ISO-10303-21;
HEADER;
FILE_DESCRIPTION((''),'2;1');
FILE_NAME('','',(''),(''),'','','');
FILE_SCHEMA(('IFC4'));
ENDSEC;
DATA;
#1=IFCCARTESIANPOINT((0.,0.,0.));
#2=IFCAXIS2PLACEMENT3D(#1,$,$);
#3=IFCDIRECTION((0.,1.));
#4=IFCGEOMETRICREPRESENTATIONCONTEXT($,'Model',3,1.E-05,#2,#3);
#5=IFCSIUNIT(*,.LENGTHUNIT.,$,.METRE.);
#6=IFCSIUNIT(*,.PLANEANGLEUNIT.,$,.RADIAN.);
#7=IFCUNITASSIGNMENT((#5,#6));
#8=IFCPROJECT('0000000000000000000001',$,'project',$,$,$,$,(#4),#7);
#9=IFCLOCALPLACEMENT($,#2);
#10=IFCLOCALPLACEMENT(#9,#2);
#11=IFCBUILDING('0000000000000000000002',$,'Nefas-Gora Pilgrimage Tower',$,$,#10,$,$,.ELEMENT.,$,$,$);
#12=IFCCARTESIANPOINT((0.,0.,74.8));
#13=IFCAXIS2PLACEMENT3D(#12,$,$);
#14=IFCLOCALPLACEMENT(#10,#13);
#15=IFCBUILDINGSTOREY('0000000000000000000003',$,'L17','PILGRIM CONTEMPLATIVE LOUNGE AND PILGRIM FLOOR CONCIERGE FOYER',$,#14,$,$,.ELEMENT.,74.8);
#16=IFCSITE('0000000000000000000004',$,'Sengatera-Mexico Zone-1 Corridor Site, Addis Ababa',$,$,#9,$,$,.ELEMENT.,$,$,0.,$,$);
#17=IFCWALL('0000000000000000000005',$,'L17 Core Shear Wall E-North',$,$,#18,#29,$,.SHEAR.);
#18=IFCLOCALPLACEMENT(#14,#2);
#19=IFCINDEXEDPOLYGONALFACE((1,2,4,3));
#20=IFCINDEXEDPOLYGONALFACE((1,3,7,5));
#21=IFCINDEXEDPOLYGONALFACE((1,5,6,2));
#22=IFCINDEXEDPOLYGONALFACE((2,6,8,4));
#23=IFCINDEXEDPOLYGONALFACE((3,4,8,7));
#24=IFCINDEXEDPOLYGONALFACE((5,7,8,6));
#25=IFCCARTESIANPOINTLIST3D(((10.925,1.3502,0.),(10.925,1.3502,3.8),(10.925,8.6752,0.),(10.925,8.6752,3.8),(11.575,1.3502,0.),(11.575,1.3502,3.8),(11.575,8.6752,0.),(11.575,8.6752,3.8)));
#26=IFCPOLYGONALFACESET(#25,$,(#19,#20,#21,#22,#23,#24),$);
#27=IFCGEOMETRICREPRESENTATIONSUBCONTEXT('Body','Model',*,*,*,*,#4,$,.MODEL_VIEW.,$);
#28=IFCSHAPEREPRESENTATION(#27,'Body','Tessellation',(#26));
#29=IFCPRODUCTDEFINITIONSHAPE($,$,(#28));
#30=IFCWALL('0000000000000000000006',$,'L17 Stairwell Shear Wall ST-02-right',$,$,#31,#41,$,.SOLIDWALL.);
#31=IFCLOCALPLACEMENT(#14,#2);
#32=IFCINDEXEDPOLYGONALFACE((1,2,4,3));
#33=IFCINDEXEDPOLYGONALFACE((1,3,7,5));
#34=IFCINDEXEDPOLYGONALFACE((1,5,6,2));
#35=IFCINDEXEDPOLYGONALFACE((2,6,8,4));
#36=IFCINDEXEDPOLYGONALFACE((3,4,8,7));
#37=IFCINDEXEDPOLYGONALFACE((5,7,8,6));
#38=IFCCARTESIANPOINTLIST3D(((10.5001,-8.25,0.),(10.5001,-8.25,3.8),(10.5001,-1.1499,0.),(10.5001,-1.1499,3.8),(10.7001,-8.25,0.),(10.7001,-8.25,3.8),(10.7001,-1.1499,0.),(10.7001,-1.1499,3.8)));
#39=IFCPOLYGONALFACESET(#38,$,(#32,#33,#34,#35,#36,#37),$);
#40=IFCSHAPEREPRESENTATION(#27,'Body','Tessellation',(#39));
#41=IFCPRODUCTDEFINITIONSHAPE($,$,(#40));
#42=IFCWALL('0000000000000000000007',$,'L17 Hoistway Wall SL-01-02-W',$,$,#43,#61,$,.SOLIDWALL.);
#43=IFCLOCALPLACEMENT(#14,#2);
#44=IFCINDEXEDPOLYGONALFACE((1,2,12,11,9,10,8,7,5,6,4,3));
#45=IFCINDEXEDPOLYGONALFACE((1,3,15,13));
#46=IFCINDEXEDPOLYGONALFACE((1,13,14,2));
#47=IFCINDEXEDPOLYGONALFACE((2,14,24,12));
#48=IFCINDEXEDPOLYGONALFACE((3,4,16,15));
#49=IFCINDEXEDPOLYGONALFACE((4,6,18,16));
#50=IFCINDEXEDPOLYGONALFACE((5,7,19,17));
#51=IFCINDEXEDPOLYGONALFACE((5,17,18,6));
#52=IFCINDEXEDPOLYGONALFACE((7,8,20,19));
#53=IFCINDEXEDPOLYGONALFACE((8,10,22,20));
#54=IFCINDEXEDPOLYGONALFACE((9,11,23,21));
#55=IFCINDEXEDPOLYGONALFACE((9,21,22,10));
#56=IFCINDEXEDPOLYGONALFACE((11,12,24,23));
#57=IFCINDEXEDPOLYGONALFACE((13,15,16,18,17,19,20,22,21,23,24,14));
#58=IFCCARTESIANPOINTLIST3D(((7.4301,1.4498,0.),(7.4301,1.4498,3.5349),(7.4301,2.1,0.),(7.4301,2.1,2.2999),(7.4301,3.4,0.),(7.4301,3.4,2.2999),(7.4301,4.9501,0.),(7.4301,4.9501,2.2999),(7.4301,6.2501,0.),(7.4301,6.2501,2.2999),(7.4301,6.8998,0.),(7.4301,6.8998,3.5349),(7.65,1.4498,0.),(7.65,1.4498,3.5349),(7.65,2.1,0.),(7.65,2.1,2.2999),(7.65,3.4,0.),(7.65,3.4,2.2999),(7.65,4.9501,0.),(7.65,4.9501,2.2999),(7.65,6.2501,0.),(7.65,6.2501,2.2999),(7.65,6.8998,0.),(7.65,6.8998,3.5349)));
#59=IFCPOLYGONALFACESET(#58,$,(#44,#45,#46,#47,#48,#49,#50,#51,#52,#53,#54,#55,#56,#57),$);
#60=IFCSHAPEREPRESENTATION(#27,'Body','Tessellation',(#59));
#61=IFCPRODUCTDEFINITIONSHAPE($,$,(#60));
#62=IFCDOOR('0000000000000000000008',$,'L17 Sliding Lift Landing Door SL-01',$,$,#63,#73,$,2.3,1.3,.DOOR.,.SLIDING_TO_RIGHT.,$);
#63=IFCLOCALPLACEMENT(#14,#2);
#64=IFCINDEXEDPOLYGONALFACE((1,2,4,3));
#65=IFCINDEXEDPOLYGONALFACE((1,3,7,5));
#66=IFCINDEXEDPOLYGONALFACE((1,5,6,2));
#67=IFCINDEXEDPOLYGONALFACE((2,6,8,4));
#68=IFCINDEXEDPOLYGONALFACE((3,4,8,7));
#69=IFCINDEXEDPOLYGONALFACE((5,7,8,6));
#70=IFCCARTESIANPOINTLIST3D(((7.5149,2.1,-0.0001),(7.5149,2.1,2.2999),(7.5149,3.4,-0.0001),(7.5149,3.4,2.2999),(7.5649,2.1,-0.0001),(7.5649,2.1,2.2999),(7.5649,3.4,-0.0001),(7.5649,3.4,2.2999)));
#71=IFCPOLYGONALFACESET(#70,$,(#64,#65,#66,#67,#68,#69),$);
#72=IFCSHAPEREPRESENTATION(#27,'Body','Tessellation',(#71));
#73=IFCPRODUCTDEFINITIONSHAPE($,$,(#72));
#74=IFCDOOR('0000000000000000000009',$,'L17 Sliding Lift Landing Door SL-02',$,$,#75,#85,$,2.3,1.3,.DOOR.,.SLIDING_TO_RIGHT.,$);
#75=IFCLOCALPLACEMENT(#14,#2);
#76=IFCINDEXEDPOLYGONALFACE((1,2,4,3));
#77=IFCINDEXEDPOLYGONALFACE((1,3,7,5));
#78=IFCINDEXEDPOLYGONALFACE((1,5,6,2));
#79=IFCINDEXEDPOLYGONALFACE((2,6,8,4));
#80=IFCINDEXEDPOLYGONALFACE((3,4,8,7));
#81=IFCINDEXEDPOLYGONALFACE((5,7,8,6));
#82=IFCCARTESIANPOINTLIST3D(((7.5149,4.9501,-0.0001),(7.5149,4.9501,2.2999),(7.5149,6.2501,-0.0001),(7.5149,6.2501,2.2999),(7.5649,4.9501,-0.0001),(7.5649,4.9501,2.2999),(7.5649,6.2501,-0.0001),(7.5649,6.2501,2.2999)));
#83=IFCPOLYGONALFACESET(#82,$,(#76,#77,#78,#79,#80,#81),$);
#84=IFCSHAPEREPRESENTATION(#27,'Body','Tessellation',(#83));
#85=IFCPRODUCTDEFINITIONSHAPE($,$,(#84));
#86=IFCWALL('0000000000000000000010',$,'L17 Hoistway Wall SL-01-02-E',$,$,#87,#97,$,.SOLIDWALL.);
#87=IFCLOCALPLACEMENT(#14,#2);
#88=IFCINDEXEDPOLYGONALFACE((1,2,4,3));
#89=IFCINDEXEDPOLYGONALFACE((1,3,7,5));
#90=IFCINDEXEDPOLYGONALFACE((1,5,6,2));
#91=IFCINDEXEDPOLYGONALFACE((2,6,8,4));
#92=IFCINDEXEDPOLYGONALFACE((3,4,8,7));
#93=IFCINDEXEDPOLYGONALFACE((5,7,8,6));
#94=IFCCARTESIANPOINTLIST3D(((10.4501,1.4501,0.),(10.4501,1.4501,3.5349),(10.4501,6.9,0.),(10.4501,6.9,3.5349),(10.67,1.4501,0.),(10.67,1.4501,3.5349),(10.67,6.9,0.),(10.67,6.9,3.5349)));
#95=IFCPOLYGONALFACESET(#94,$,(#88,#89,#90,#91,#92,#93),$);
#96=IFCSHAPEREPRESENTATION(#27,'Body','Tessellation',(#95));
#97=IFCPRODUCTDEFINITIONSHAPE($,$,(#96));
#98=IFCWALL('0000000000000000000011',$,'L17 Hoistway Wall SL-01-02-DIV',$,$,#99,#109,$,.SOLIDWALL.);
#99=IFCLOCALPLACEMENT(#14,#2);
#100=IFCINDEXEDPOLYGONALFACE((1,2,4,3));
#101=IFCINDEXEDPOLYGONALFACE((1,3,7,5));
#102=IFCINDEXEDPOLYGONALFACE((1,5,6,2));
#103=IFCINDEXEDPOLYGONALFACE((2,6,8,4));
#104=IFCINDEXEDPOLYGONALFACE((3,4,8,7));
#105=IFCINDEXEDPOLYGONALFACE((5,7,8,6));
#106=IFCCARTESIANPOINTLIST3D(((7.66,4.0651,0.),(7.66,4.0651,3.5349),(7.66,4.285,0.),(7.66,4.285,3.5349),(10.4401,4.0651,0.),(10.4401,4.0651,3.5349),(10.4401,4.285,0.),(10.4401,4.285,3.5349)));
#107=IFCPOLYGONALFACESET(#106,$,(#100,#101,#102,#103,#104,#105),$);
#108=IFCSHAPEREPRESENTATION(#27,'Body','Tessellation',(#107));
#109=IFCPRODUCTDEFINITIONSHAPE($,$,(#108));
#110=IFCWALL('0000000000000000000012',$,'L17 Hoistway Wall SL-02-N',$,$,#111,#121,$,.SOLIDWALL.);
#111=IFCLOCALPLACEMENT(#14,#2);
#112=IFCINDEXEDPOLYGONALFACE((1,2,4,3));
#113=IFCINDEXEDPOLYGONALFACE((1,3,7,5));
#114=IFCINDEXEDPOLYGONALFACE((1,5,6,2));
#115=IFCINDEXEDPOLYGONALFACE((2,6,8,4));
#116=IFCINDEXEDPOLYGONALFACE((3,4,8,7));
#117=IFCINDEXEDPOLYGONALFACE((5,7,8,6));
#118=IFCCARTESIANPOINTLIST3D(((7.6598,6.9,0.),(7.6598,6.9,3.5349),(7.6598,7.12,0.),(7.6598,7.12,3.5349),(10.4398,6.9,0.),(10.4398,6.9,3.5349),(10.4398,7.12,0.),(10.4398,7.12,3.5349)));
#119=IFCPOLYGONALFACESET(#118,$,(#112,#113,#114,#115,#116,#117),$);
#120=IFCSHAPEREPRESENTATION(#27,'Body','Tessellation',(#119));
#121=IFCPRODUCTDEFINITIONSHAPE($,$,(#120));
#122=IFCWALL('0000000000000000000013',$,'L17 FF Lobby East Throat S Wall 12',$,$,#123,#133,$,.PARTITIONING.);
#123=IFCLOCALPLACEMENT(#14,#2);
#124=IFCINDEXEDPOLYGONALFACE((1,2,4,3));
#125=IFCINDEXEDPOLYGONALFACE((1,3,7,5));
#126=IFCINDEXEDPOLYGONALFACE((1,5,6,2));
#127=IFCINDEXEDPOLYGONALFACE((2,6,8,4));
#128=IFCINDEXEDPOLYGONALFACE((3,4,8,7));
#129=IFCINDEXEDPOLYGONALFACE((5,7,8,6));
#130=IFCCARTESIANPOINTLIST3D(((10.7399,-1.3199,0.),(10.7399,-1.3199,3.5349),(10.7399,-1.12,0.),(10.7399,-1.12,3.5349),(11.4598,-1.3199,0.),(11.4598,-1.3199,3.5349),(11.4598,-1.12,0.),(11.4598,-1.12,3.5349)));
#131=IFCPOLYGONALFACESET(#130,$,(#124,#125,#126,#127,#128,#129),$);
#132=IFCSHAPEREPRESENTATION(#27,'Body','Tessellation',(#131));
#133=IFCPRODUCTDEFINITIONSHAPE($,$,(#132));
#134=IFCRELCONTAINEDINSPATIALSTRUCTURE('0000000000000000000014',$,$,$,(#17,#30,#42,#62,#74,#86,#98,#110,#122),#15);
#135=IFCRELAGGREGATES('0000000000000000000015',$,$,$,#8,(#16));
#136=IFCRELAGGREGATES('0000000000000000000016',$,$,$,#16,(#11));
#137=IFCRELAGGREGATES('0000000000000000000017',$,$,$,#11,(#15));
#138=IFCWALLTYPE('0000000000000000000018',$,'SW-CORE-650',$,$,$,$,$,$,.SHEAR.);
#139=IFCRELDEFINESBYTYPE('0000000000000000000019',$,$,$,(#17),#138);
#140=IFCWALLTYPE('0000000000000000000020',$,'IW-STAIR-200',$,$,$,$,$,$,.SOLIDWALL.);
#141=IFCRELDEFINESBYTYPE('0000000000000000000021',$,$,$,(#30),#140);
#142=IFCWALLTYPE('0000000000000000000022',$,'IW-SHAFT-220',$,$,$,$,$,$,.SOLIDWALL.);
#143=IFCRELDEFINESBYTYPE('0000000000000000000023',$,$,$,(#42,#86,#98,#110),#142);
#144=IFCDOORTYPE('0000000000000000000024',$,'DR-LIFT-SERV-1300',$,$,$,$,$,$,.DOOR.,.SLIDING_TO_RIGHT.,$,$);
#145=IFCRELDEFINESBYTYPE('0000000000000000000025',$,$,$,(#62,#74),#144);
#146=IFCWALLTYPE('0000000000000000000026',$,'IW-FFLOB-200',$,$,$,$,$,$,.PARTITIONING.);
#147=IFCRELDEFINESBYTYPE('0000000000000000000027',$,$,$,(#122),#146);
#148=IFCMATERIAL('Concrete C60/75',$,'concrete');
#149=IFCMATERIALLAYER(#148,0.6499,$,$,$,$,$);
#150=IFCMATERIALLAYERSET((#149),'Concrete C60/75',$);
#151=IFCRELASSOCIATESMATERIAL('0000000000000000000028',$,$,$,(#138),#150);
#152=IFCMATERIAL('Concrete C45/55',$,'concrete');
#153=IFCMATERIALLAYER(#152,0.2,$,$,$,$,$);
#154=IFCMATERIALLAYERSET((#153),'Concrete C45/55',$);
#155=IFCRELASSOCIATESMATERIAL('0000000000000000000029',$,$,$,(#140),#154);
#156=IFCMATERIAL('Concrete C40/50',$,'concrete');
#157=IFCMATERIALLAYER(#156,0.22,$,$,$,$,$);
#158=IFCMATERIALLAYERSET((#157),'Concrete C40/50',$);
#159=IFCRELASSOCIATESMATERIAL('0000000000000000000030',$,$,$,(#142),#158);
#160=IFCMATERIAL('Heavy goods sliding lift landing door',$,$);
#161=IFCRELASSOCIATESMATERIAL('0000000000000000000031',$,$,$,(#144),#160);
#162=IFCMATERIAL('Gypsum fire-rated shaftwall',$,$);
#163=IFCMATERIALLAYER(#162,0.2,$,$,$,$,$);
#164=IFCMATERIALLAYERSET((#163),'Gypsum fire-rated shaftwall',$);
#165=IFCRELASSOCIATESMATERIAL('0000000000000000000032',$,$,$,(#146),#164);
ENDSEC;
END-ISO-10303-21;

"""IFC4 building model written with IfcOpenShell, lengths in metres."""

from ifc_helpers import new_model, si_unit, direction, frame, frame_2d, origin, place, context, subcontext, project, spatial, rectangle, extrude, source, transform, mapped, material, layer, layer_set, type_object, element, fill, save


model = new_model("IFC4")

# Units and contexts
model_context = context("Model", 3, precision=1e-05, world=origin(), true_north=direction((0.0, 1.0)))
body_context = subcontext(model_context, "Body", "Model", "MODEL_VIEW")
ifc_project = project(units=[si_unit("LENGTHUNIT", "METRE"), si_unit("PLANEANGLEUNIT", "RADIAN")], contexts=[model_context])

# Site, building, storey
site_placement = place(None, origin())
site = spatial("IfcSite", under=ifc_project, at=site_placement, Name="Sengatera-Mexico Zone-1 Corridor Site, Addis Ababa", CompositionType="ELEMENT", RefElevation=0.0)
building_placement = place(site_placement, origin())
building = spatial("IfcBuilding", under=site, at=building_placement, Name="Nefas-Gora Pilgrimage Tower", CompositionType="ELEMENT")
storey_placement = place(building_placement, frame((0.0, 0.0, 74.8)))
storey = spatial("IfcBuildingStorey", under=building, at=storey_placement, Name="L17", Description="PILGRIM CONTEMPLATIVE LOUNGE AND PILGRIM FLOOR CONCIERGE FOYER", CompositionType="ELEMENT", Elevation=74.8)

# Walls
ifc_material_1 = material(Name="Concrete C60/75", Category="concrete")
ifc_layer_1 = layer(ifc_material_1, 0.6499)
ifc_layer_set_1 = layer_set([ifc_layer_1], Name="Concrete C60/75")
wall_type_1 = type_object("IfcWallType", Name="SW-CORE-650", PredefinedType="SHEAR", material=ifc_layer_set_1)
shared_shape_1 = source(origin(), body_context, "Body", "SweptSolid", [
    extrude(rectangle(XDim=7.325, YDim=0.6499, at=frame_2d((3.6626, 0.0))), origin(), (0.0, 0.0, 1.0), 3.8),
])
wall_1_placement = place(storey_placement, frame((11.25, 1.3501, 0.0), z_axis=(0.0, 0.0, 1.0), x_axis=(0.0, 1.0, 0.0)))
element("IfcWall", 1, at=wall_1_placement, inside=storey, type_object=wall_type_1, Name="L17 Core Shear Wall E-North", PredefinedType="SHEAR", context=body_context, shape_type="MappedRepresentation", body=[
    mapped(shared_shape_1, transform((0.0, 0.0, 0.0), x_axis=(1.0, 0.0, 0.0), y_axis=(0.0, 1.0, 0.0), z_axis=(0.0, 0.0, 1.0), scale=1.0)),
])
ifc_material_2 = material(Name="Concrete C45/55", Category="concrete")
ifc_layer_2 = layer(ifc_material_2, 0.2)
ifc_layer_set_2 = layer_set([ifc_layer_2], Name="Concrete C45/55")
wall_type_2 = type_object("IfcWallType", Name="IW-STAIR-200", PredefinedType="SOLIDWALL", material=ifc_layer_set_2)
shared_shape_2 = source(origin(), body_context, "Body", "SweptSolid", [
    extrude(rectangle(XDim=7.1001, YDim=0.2, at=frame_2d((3.55, 0.0))), origin(), (0.0, 0.0, 1.0), 3.8),
])
wall_2_placement = place(storey_placement, frame((10.6001, -1.1499, 0.0), z_axis=(0.0, 0.0, 1.0), x_axis=(0.0, -1.0, 0.0)))
element("IfcWall", 2, at=wall_2_placement, inside=storey, type_object=wall_type_2, Name="L17 Stairwell Shear Wall ST-02-right", PredefinedType="SOLIDWALL", context=body_context, shape_type="MappedRepresentation", body=[
    mapped(shared_shape_2, transform((0.0, 0.0, 0.0), x_axis=(1.0, 0.0, 0.0), y_axis=(0.0, 1.0, 0.0), z_axis=(0.0, 0.0, 1.0), scale=1.0)),
])

# Wall, openings, doors
ifc_material_3 = material(Name="Concrete C40/50", Category="concrete")
ifc_layer_3 = layer(ifc_material_3, 0.22)
ifc_layer_set_3 = layer_set([ifc_layer_3], Name="Concrete C40/50")
wall_type_3 = type_object("IfcWallType", Name="IW-SHAFT-220", PredefinedType="SOLIDWALL", material=ifc_layer_set_3)
shared_shape_3 = source(origin(), body_context, "Body", "SweptSolid", [
    extrude(rectangle(XDim=5.45, YDim=0.22, at=frame_2d((2.7251, 0.0))), origin(), (0.0, 0.0, 1.0), 3.5349),
])
wall_3_placement = place(storey_placement, frame((7.54, 6.8999, 0.0), z_axis=(0.0, 0.0, 1.0), x_axis=(0.0, -1.0, 0.0)))
wall_3 = element("IfcWall", 3, at=wall_3_placement, inside=storey, type_object=wall_type_3, Name="L17 Hoistway Wall SL-01-02-W", PredefinedType="SOLIDWALL", context=body_context, shape_type="MappedRepresentation", body=[
    mapped(shared_shape_3, transform((0.0, 0.0, 0.0), x_axis=(1.0, 0.0, 0.0), y_axis=(0.0, 1.0, 0.0), z_axis=(0.0, 0.0, 1.0), scale=1.0)),
])
opening_1_placement = place(wall_3_placement, frame((3.5, 0.0, 0.0)))
opening_1 = element("IfcOpeningElement", 4, at=opening_1_placement, cuts=wall_3, PredefinedType="OPENING", context=body_context, shape_type="SweptSolid", body=[
    extrude(rectangle(XDim=1.3, YDim=2.3, at=frame_2d((0.6499, 1.1499))), frame((0.0, 0.1199, 0.0), z_axis=(0.0, -1.0, 0.0), x_axis=(1.0, 0.0, 0.0)), (0.0, 0.0, 1.0), 0.24),
])
opening_2_placement = place(wall_3_placement, frame((0.6499, 0.0, 0.0)))
opening_2 = element("IfcOpeningElement", 5, at=opening_2_placement, cuts=wall_3, PredefinedType="OPENING", context=body_context, shape_type="SweptSolid", body=[
    extrude(rectangle(XDim=1.3, YDim=2.3, at=frame_2d((0.6499, 1.1499))), frame((0.0, 0.1199, 0.0), z_axis=(0.0, -1.0, 0.0), x_axis=(1.0, 0.0, 0.0)), (0.0, 0.0, 1.0), 0.24),
])
ifc_material_4 = material(Name="Heavy goods sliding lift landing door")
door_type_1 = type_object("IfcDoorType", Name="DR-LIFT-SERV-1300", OperationType="SLIDING_TO_RIGHT", PredefinedType="DOOR", material=ifc_material_4)
shared_shape_4 = source(origin(), body_context, "Body", "SweptSolid", [
    extrude(rectangle(XDim=1.3, YDim=2.3, at=frame_2d((0.6499, 1.1499))), frame((0.0, 0.0249, 0.0), z_axis=(0.0, -1.0, 0.0), x_axis=(1.0, 0.0, 0.0)), (0.0, 0.0, 1.0), 0.05),
])
door_1_placement = place(opening_1_placement, origin())
door_1 = element("IfcDoor", 6, at=door_1_placement, inside=storey, type_object=door_type_1, Name="L17 Sliding Lift Landing Door SL-01", OperationType="SLIDING_TO_RIGHT", OverallHeight=2.3, OverallWidth=1.3, PredefinedType="DOOR", context=body_context, shape_type="MappedRepresentation", body=[
    mapped(shared_shape_4, transform((0.0, 0.0, 0.0), x_axis=(1.0, 0.0, 0.0), y_axis=(0.0, 1.0, 0.0), z_axis=(0.0, 0.0, 1.0), scale=1.0)),
])
fill(opening_1, door_1)
door_2_placement = place(opening_2_placement, origin())
door_2 = element("IfcDoor", 7, at=door_2_placement, inside=storey, type_object=door_type_1, Name="L17 Sliding Lift Landing Door SL-02", OperationType="SLIDING_TO_RIGHT", OverallHeight=2.3, OverallWidth=1.3, PredefinedType="DOOR", context=body_context, shape_type="MappedRepresentation", body=[
    mapped(shared_shape_4, transform((0.0, 0.0, 0.0), x_axis=(1.0, 0.0, 0.0), y_axis=(0.0, 1.0, 0.0), z_axis=(0.0, 0.0, 1.0), scale=1.0)),
])
fill(opening_2, door_2)

# Walls
wall_4_placement = place(storey_placement, frame((10.5601, 1.45, 0.0), z_axis=(0.0, 0.0, 1.0), x_axis=(0.0, 1.0, 0.0)))
element("IfcWall", 8, at=wall_4_placement, inside=storey, type_object=wall_type_3, Name="L17 Hoistway Wall SL-01-02-E", PredefinedType="SOLIDWALL", context=body_context, shape_type="MappedRepresentation", body=[
    mapped(shared_shape_3, transform((0.0, 0.0, 0.0), x_axis=(1.0, 0.0, 0.0), y_axis=(0.0, 1.0, 0.0), z_axis=(0.0, 0.0, 1.0), scale=1.0)),
])
shared_shape_5 = source(origin(), body_context, "Body", "SweptSolid", [
    extrude(rectangle(XDim=2.78, YDim=0.22, at=frame_2d((1.3901, 0.0))), origin(), (0.0, 0.0, 1.0), 3.5349),
])
for number, where, z_axis, x_axis, name in (
    (9, (7.6599, 4.175, 0.0), (0.0, 0.0, 1.0), (1.0, 0.0, 0.0), "L17 Hoistway Wall SL-01-02-DIV"),
    (10, (10.4399, 7.01, 0.0), (0.0, 0.0, 1.0), (-1.0, 0.0, 0.0), "L17 Hoistway Wall SL-02-N"),
):
    element("IfcWall", number, at=place(storey_placement, frame(where, z_axis=z_axis, x_axis=x_axis)), inside=storey, type_object=wall_type_3, Name=name, PredefinedType="SOLIDWALL", context=body_context, shape_type="MappedRepresentation", body=[
        mapped(shared_shape_5, transform((0.0, 0.0, 0.0), x_axis=(1.0, 0.0, 0.0), y_axis=(0.0, 1.0, 0.0), z_axis=(0.0, 0.0, 1.0), scale=1.0)),
    ])

# Shared definitions
ifc_material_5 = material(Name="Gypsum fire-rated shaftwall")
ifc_layer_4 = layer(ifc_material_5, 0.2)
ifc_layer_set_4 = layer_set([ifc_layer_4], Name="Gypsum fire-rated shaftwall")
wall_type_4 = type_object("IfcWallType", Name="IW-FFLOB-200", PredefinedType="PARTITIONING", material=ifc_layer_set_4)

# Wall
shared_shape_6 = source(origin(), body_context, "Body", "SweptSolid", [
    extrude(rectangle(XDim=0.72, YDim=0.2, at=frame_2d((0.3599, 0.0))), origin(), (0.0, 0.0, 1.0), 3.5349),
])
wall_5_placement = place(storey_placement, frame((10.74, -1.22, 0.0), z_axis=(0.0, 0.0, 1.0), x_axis=(1.0, 0.0, 0.0)))
element("IfcWall", 11, at=wall_5_placement, inside=storey, type_object=wall_type_4, Name="L17 FF Lobby East Throat S Wall 12", PredefinedType="PARTITIONING", context=body_context, shape_type="MappedRepresentation", body=[
    mapped(shared_shape_6, transform((0.0, 0.0, 0.0), x_axis=(1.0, 0.0, 0.0), y_axis=(0.0, 1.0, 0.0), z_axis=(0.0, 0.0, 1.0), scale=1.0)),
])

save(model, "model.ifc")
